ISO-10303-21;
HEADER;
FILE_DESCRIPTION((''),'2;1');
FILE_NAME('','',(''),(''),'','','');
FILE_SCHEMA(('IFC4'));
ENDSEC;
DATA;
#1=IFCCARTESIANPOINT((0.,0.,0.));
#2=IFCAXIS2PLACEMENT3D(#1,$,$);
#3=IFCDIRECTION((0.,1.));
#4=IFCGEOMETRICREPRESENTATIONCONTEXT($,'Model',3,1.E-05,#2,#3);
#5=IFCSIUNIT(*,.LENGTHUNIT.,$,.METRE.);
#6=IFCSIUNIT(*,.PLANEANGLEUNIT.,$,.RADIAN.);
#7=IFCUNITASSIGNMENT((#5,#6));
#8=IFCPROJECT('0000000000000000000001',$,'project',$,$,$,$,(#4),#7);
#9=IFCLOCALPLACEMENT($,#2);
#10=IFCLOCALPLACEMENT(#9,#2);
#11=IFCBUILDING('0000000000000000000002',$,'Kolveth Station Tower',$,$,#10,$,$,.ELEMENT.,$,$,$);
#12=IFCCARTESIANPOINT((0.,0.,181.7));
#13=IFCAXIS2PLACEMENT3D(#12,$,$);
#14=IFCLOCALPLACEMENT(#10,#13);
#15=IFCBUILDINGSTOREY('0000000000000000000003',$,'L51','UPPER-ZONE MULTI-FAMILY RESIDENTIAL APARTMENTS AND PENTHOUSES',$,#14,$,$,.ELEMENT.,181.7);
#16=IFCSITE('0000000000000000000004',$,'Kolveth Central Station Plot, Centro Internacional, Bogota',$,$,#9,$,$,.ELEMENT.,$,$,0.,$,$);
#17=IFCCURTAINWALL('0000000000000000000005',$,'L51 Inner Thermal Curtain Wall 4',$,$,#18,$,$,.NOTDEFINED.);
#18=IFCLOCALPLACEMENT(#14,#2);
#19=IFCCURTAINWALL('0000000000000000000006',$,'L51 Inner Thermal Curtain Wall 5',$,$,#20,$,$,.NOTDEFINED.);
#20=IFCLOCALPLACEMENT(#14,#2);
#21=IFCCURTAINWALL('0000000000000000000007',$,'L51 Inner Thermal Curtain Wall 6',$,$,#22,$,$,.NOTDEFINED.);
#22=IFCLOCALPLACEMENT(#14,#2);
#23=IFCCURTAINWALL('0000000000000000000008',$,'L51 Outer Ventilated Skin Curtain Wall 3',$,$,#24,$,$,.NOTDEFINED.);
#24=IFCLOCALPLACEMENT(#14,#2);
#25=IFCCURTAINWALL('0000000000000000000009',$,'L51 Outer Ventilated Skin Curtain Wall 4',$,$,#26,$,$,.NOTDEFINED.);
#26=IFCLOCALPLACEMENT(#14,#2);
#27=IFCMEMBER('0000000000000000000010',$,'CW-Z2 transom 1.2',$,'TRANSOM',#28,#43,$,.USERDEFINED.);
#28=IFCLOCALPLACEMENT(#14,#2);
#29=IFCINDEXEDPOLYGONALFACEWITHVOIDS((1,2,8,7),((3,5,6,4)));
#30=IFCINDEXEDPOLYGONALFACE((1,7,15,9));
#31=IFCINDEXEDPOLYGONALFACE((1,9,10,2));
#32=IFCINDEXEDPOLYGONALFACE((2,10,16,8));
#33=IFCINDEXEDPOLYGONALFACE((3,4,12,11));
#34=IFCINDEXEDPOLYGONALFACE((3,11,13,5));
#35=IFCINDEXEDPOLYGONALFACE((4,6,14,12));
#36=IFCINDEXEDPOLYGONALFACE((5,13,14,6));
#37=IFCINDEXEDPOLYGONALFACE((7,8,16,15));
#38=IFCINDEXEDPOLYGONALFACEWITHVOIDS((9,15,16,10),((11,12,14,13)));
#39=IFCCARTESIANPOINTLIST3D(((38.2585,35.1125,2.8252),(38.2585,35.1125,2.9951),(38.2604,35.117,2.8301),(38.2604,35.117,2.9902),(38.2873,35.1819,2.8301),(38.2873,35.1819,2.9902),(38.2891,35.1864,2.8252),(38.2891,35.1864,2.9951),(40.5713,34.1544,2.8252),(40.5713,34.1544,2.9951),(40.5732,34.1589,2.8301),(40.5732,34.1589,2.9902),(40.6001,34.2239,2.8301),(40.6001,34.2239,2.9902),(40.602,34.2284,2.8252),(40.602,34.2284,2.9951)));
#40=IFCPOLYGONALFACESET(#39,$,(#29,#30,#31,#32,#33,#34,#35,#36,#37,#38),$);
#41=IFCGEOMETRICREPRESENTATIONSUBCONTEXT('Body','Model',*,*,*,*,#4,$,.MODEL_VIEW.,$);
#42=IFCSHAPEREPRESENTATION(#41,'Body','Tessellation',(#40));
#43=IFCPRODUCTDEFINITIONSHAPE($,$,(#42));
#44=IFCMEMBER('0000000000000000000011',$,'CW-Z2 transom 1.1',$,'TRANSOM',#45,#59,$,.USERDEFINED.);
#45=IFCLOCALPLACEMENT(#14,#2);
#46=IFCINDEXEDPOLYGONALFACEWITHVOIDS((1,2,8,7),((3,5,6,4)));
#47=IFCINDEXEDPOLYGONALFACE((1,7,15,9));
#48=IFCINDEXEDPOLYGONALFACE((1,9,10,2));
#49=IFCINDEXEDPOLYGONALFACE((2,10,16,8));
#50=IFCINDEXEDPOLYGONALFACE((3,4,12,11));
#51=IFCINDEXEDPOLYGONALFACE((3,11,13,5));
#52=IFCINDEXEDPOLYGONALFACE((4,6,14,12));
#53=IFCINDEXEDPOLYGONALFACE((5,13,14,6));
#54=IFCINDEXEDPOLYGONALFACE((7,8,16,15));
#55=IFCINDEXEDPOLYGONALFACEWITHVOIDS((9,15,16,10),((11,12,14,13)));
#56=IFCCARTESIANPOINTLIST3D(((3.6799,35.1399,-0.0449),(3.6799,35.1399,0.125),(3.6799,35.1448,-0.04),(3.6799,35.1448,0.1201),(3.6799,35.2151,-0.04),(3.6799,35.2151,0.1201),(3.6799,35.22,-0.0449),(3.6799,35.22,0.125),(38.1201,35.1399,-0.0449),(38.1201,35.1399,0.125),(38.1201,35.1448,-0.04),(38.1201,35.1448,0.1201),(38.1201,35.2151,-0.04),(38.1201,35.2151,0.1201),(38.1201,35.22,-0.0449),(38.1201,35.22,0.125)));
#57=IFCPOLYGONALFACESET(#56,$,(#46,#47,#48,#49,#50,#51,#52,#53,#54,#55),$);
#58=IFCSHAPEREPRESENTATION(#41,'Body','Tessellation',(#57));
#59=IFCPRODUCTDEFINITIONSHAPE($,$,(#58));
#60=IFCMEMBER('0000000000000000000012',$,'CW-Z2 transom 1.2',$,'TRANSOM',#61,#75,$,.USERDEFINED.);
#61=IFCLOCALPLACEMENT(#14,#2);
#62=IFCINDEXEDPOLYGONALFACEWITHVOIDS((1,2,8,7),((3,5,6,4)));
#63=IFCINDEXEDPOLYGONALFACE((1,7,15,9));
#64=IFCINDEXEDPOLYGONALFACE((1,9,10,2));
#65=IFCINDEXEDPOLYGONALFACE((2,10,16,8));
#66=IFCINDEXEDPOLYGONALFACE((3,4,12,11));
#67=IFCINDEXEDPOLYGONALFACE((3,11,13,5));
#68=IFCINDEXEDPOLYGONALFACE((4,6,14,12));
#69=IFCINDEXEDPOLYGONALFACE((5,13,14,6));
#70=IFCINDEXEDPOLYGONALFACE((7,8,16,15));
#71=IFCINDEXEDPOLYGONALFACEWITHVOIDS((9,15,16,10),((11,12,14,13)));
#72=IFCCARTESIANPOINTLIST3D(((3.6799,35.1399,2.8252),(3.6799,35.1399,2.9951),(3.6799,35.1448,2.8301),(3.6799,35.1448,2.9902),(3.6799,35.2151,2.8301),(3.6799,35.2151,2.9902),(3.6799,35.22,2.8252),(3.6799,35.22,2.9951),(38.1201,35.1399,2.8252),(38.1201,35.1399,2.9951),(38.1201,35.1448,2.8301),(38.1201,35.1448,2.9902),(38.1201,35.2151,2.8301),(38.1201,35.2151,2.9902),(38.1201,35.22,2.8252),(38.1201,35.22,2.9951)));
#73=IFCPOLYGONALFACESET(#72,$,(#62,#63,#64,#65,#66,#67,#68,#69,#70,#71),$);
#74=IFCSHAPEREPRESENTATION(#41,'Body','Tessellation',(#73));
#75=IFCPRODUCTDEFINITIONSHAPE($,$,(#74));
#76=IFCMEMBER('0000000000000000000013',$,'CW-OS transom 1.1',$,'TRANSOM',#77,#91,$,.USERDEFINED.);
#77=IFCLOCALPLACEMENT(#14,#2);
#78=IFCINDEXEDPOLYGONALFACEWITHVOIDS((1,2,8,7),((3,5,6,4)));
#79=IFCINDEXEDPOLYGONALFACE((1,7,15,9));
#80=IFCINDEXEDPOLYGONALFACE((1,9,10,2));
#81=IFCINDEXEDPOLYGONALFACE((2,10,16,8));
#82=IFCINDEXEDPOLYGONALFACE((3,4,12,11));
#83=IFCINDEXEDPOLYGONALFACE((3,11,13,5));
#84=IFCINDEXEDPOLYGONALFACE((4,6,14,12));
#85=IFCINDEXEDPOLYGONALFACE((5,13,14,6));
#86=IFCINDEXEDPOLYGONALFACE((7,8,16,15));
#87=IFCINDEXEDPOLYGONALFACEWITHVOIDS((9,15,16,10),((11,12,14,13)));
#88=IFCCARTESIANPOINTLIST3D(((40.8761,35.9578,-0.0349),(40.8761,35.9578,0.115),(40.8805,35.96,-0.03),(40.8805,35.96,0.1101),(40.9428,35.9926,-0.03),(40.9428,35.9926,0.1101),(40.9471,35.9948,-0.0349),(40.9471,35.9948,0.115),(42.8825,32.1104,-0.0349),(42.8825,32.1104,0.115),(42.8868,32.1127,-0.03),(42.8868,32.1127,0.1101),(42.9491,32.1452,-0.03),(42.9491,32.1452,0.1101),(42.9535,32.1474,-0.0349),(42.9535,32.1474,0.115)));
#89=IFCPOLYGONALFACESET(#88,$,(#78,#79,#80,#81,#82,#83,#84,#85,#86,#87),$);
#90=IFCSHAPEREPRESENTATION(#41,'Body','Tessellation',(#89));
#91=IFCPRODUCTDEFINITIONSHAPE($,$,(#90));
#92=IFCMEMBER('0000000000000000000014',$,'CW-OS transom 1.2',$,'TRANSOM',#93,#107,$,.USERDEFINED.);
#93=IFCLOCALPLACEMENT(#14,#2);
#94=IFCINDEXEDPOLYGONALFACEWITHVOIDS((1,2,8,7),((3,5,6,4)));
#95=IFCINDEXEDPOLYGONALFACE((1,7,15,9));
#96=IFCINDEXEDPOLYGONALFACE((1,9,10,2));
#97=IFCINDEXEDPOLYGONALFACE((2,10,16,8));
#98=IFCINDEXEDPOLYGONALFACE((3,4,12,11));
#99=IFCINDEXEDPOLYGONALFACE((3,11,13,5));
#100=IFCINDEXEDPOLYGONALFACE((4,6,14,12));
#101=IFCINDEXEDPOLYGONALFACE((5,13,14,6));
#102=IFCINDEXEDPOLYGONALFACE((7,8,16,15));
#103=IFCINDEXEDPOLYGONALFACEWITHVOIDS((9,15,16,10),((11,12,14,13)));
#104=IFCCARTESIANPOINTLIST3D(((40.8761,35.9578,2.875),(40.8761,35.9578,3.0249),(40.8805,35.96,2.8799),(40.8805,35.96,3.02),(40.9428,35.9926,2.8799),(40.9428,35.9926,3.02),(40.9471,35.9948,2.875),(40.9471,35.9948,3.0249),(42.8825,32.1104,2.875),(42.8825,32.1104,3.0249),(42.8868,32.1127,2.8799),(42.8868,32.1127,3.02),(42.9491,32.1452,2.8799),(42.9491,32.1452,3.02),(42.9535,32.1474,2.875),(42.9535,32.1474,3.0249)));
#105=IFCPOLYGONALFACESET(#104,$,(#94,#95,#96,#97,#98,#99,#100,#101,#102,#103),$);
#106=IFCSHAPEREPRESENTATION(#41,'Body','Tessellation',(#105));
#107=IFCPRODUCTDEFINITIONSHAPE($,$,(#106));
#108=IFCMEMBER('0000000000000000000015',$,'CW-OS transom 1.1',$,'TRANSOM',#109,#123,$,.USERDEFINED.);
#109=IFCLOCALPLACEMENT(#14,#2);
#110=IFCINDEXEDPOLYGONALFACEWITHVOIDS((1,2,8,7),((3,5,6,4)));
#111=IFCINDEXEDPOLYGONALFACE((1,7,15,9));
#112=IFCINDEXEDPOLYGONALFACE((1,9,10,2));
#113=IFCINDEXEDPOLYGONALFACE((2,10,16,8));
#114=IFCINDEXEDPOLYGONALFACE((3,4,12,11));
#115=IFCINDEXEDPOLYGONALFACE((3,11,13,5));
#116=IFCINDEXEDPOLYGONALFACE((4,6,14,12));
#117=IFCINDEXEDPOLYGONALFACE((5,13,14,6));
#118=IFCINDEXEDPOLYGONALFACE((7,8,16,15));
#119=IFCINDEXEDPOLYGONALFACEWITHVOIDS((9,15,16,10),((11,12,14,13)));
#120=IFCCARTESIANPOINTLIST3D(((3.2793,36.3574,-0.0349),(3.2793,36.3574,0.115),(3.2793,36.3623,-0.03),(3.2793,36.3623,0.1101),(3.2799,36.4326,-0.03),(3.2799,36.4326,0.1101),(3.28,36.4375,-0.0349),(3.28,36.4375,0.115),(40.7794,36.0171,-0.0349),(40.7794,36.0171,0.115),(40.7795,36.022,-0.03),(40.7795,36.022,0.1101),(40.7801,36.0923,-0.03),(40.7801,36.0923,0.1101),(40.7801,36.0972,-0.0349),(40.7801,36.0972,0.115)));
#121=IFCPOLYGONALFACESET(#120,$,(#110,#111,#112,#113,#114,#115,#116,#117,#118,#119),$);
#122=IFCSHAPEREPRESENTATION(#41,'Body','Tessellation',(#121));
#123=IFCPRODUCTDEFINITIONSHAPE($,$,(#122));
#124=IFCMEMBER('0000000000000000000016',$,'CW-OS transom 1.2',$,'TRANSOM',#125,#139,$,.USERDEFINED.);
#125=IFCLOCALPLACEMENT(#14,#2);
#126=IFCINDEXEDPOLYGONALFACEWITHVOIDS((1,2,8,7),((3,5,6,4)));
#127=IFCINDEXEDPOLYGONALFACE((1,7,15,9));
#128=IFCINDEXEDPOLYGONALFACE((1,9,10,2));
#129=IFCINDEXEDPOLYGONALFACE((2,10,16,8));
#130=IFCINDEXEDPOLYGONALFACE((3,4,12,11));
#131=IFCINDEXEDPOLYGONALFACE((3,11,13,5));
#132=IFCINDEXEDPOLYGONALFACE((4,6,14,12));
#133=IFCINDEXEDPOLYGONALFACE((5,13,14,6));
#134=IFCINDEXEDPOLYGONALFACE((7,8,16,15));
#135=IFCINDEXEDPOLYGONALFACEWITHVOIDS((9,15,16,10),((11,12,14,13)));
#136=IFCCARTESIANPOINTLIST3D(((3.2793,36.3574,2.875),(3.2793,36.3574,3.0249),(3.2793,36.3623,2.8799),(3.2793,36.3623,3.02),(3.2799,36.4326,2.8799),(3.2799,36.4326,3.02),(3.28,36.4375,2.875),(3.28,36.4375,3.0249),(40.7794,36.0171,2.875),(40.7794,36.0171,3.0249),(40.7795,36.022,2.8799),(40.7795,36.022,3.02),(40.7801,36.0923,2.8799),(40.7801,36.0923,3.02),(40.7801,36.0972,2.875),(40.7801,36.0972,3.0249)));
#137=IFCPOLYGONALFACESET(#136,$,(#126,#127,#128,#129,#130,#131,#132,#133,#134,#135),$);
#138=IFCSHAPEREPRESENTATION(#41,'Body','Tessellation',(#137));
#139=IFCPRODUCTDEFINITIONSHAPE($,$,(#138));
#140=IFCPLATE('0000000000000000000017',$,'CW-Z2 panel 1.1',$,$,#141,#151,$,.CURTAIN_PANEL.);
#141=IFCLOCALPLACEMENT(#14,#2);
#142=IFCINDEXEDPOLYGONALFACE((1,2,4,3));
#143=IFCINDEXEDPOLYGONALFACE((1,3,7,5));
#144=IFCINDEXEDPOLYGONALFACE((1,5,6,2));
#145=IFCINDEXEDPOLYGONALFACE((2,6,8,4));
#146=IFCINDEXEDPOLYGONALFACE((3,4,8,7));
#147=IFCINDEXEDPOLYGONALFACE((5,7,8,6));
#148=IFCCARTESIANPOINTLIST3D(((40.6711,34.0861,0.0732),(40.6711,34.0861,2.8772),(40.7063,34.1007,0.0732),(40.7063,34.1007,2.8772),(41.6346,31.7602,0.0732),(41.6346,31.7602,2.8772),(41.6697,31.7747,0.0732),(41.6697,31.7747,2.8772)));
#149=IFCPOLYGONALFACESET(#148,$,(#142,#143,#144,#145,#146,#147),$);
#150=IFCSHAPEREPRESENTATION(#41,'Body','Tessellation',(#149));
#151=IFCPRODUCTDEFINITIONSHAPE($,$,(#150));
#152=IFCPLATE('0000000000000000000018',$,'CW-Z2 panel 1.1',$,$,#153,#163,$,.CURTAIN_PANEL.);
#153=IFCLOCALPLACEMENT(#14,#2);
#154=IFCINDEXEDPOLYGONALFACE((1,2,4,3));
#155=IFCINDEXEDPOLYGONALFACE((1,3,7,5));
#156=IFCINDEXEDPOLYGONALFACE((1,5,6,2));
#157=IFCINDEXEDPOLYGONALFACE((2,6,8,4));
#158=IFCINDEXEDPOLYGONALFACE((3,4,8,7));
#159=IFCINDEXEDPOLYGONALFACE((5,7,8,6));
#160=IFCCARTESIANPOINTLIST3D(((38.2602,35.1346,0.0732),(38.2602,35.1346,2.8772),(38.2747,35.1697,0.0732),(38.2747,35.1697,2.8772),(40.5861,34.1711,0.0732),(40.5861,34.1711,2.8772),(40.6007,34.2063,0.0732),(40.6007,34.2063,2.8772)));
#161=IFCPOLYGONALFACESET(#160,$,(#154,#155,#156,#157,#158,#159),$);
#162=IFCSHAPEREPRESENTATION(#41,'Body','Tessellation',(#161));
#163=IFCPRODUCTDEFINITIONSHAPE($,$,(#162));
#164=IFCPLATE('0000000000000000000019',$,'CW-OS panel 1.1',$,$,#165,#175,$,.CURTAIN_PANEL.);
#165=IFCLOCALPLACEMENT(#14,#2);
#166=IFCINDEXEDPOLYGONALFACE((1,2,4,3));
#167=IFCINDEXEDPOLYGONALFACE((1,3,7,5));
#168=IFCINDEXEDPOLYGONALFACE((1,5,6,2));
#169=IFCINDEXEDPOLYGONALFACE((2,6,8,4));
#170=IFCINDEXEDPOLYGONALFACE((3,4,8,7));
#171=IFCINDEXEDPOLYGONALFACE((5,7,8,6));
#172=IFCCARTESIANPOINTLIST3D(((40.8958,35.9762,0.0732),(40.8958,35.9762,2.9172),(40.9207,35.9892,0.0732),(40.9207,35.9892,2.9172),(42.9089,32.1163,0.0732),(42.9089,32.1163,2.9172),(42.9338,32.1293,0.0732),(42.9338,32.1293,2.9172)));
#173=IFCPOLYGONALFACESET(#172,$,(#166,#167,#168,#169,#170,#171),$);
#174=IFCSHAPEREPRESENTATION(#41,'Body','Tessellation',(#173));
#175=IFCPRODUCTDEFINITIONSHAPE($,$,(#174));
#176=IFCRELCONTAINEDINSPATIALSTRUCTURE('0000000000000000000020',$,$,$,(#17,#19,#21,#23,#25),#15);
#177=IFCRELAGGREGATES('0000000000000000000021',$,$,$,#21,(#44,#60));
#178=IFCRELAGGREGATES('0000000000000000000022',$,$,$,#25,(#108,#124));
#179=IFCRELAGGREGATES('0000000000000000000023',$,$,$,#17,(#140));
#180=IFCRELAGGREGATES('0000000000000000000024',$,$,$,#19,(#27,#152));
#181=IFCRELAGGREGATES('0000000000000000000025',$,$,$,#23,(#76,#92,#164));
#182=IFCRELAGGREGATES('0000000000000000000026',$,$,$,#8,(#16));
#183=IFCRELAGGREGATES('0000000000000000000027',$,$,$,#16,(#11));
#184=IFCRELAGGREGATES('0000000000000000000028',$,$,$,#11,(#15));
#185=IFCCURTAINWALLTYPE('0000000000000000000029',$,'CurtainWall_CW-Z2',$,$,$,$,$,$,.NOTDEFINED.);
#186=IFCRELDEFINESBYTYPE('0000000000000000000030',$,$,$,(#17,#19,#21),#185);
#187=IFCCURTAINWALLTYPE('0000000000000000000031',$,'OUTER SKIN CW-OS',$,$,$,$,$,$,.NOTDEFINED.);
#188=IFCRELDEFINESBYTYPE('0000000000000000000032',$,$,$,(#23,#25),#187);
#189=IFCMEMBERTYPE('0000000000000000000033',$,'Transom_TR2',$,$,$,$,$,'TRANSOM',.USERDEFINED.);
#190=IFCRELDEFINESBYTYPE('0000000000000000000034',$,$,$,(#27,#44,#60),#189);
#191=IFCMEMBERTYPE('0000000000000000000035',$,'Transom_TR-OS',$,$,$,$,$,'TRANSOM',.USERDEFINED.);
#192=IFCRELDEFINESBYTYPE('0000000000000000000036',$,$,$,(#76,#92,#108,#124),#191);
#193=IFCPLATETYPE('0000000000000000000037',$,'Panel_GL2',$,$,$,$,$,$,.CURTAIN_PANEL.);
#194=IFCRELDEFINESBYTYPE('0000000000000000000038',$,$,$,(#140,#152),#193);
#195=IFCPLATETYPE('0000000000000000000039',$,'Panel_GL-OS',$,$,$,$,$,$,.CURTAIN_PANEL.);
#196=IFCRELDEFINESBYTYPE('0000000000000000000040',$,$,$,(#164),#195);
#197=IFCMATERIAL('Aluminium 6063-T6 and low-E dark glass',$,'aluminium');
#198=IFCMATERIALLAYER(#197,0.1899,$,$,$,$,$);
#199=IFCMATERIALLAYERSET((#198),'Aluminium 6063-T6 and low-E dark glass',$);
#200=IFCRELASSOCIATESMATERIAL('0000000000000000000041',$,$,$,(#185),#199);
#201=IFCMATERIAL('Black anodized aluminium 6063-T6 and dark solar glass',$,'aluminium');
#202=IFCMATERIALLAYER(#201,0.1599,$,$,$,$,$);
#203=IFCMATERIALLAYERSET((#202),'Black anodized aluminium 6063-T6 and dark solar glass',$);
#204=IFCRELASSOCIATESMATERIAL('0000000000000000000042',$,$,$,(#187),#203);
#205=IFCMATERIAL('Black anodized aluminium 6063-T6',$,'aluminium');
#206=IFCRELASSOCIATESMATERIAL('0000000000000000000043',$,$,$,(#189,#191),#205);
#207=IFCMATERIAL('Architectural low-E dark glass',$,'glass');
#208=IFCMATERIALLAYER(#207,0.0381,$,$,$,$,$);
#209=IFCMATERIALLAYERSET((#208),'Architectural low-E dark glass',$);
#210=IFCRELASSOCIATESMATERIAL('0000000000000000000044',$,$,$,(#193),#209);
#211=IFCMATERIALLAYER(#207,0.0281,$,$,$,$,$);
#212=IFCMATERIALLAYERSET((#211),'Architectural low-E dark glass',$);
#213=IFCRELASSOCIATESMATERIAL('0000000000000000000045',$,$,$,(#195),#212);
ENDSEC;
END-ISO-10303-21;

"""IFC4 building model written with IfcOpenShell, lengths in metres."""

from ifc_helpers import new_model, si_unit, direction, frame, origin, origin_2d, place, context, subcontext, project, spatial, rectangle, hollow_rectangle, extrude, source, transform, mapped, material, layer, layer_set, material_profile, profile_set, type_object, element, aggregate, save


model = new_model("IFC4")

# Units and contexts
model_context = context("Model", 3, precision=1e-05, world=origin(), true_north=direction((0.0, 1.0)))
body_context = subcontext(model_context, "Body", "Model", "MODEL_VIEW")
ifc_project = project(units=[si_unit("LENGTHUNIT", "METRE"), si_unit("PLANEANGLEUNIT", "RADIAN")], contexts=[model_context])

# Site, building, storey
site_placement = place(None, origin())
site = spatial("IfcSite", under=ifc_project, at=site_placement, Name="Kolveth Central Station Plot, Centro Internacional, Bogota", CompositionType="ELEMENT", RefElevation=0.0)
building_placement = place(site_placement, origin())
building = spatial("IfcBuilding", under=site, at=building_placement, Name="Kolveth Station Tower", CompositionType="ELEMENT")
storey_placement = place(building_placement, frame((0.0, 0.0, 181.7)))
storey = spatial("IfcBuildingStorey", under=building, at=storey_placement, Name="L51", Description="UPPER-ZONE MULTI-FAMILY RESIDENTIAL APARTMENTS AND PENTHOUSES", CompositionType="ELEMENT", Elevation=181.7)

# Curtain wall
ifc_material_1 = material(Name="Aluminium 6063-T6 and low-E dark glass", Category="aluminium")
ifc_layer_1 = layer(ifc_material_1, 0.1899)
ifc_layer_set_1 = layer_set([ifc_layer_1], Name="Aluminium 6063-T6 and low-E dark glass")
curtain_wall_type_1 = type_object("IfcCurtainWallType", Name="CurtainWall_CW-Z2", PredefinedType="NOTDEFINED", material=ifc_layer_set_1)
curtain_wall_1_placement = place(storey_placement, origin())
curtain_wall_1 = element("IfcCurtainWall", 1, at=curtain_wall_1_placement, inside=storey, type_object=curtain_wall_type_1, Name="L51 Inner Thermal Curtain Wall 4", PredefinedType="NOTDEFINED")
ifc_material_2 = material(Name="Black anodized aluminium 6063-T6", Category="aluminium")

# Curtain wall
curtain_wall_2_placement = place(storey_placement, origin())
curtain_wall_2 = element("IfcCurtainWall", 2, at=curtain_wall_2_placement, inside=storey, type_object=curtain_wall_type_1, Name="L51 Inner Thermal Curtain Wall 5", PredefinedType="NOTDEFINED")

# Curtain wall
curtain_wall_3_placement = place(storey_placement, origin())
curtain_wall_3 = element("IfcCurtainWall", 3, at=curtain_wall_3_placement, inside=storey, type_object=curtain_wall_type_1, Name="L51 Inner Thermal Curtain Wall 6", PredefinedType="NOTDEFINED")
ifc_material_3 = material(Name="Black anodized aluminium 6063-T6 and dark solar glass", Category="aluminium")
ifc_layer_2 = layer(ifc_material_3, 0.1599)
ifc_layer_set_2 = layer_set([ifc_layer_2], Name="Black anodized aluminium 6063-T6 and dark solar glass")
curtain_wall_type_2 = type_object("IfcCurtainWallType", Name="OUTER SKIN CW-OS", PredefinedType="NOTDEFINED", material=ifc_layer_set_2)

# Curtain wall
curtain_wall_4_placement = place(storey_placement, origin())
curtain_wall_4 = element("IfcCurtainWall", 4, at=curtain_wall_4_placement, inside=storey, type_object=curtain_wall_type_2, Name="L51 Outer Ventilated Skin Curtain Wall 3", PredefinedType="NOTDEFINED")

# Curtain wall
curtain_wall_5_placement = place(storey_placement, origin())
curtain_wall_5 = element("IfcCurtainWall", 5, at=curtain_wall_5_placement, inside=storey, type_object=curtain_wall_type_2, Name="L51 Outer Ventilated Skin Curtain Wall 4", PredefinedType="NOTDEFINED")

# Members
ifc_material_profile_1 = material_profile(ifc_material_2, hollow_rectangle(XDim=0.0801, YDim=0.1699, WallThickness=0.0049, at=origin_2d()), Name="ALU-80x170x5")
ifc_profile_set_1 = profile_set([ifc_material_profile_1], Name="Black anodized aluminium 6063-T6")
member_type_1 = type_object("IfcMemberType", Name="Transom_TR2", ElementType="TRANSOM", PredefinedType="USERDEFINED", material=ifc_profile_set_1)
shared_shape_1 = source(origin(), body_context, "Body", "SweptSolid", [
    extrude(hollow_rectangle(XDim=0.0801, YDim=0.1699, WallThickness=0.0049, at=origin_2d()), origin(), (0.0, 0.0, 1.0), 2.5034),
])
member_1_placement = place(storey_placement, frame((40.5867, 34.1914, 2.9102), z_axis=(-0.923874, 0.382696, 0.0), x_axis=(-0.382696, -0.923874, 0.0)))
member_1 = element("IfcMember", 6, at=member_1_placement, type_object=member_type_1, Name="CW-Z2 transom 1.2", ObjectType="TRANSOM", PredefinedType="USERDEFINED", context=body_context, shape_type="MappedRepresentation", body=[
    mapped(shared_shape_1, transform((0.0, 0.0, 0.0), x_axis=(1.0, 0.0, 0.0), y_axis=(0.0, 1.0, 0.0), z_axis=(0.0, 0.0, 1.0), scale=1.0)),
])
shared_shape_2 = source(origin(), body_context, "Body", "SweptSolid", [
    extrude(hollow_rectangle(XDim=0.0801, YDim=0.1699, WallThickness=0.0049, at=origin_2d()), origin(), (0.0, 0.0, 1.0), 34.4402),
])
member_2_placement = place(storey_placement, frame((38.1201, 35.1799, 0.04), z_axis=(-1.0, 0.0, 0.0), x_axis=(0.0, -1.0, 0.0)))
member_2 = element("IfcMember", 7, at=member_2_placement, type_object=member_type_1, Name="CW-Z2 transom 1.1", ObjectType="TRANSOM", PredefinedType="USERDEFINED", context=body_context, shape_type="MappedRepresentation", body=[
    mapped(shared_shape_2, transform((0.0, 0.0, 0.0), x_axis=(1.0, 0.0, 0.0), y_axis=(0.0, 1.0, 0.0), z_axis=(0.0, 0.0, 1.0), scale=1.0)),
])
member_3_placement = place(storey_placement, frame((38.1201, 35.1799, 2.9102), z_axis=(-1.0, 0.0, 0.0), x_axis=(0.0, -1.0, 0.0)))
member_3 = element("IfcMember", 8, at=member_3_placement, type_object=member_type_1, Name="CW-Z2 transom 1.2", ObjectType="TRANSOM", PredefinedType="USERDEFINED", context=body_context, shape_type="MappedRepresentation", body=[
    mapped(shared_shape_2, transform((0.0, 0.0, 0.0), x_axis=(1.0, 0.0, 0.0), y_axis=(0.0, 1.0, 0.0), z_axis=(0.0, 0.0, 1.0), scale=1.0)),
])
aggregate(curtain_wall_3, [member_2, member_3])
ifc_material_profile_2 = material_profile(ifc_material_2, hollow_rectangle(XDim=0.0801, YDim=0.1499, WallThickness=0.0049, at=origin_2d()), Name="ALU-80x150x5")
ifc_profile_set_2 = profile_set([ifc_material_profile_2], Name="Black anodized aluminium 6063-T6")
member_type_2 = type_object("IfcMemberType", Name="Transom_TR-OS", ElementType="TRANSOM", PredefinedType="USERDEFINED", material=ifc_profile_set_2)
shared_shape_3 = source(origin(), body_context, "Body", "SweptSolid", [
    extrude(hollow_rectangle(XDim=0.0801, YDim=0.1499, WallThickness=0.0049, at=origin_2d()), origin(), (0.0, 0.0, 1.0), 4.3391),
])
member_4_placement = place(storey_placement, frame((42.918, 32.1289, 0.04), z_axis=(-0.462385, 0.886679, 0.0), x_axis=(-0.886679, -0.462385, 0.0)))
member_4 = element("IfcMember", 9, at=member_4_placement, type_object=member_type_2, Name="CW-OS transom 1.1", ObjectType="TRANSOM", PredefinedType="USERDEFINED", context=body_context, shape_type="MappedRepresentation", body=[
    mapped(shared_shape_3, transform((0.0, 0.0, 0.0), x_axis=(1.0, 0.0, 0.0), y_axis=(0.0, 1.0, 0.0), z_axis=(0.0, 0.0, 1.0), scale=1.0)),
])
member_5_placement = place(storey_placement, frame((42.918, 32.1289, 2.95), z_axis=(-0.462385, 0.886679, 0.0), x_axis=(-0.886679, -0.462385, 0.0)))
member_5 = element("IfcMember", 10, at=member_5_placement, type_object=member_type_2, Name="CW-OS transom 1.2", ObjectType="TRANSOM", PredefinedType="USERDEFINED", context=body_context, shape_type="MappedRepresentation", body=[
    mapped(shared_shape_3, transform((0.0, 0.0, 0.0), x_axis=(1.0, 0.0, 0.0), y_axis=(0.0, 1.0, 0.0), z_axis=(0.0, 0.0, 1.0), scale=1.0)),
])
shared_shape_4 = source(origin(), body_context, "Body", "SweptSolid", [
    extrude(hollow_rectangle(XDim=0.0801, YDim=0.1499, WallThickness=0.0049, at=origin_2d()), origin(), (0.0, 0.0, 1.0), 37.5017),
])
member_6_placement = place(storey_placement, frame((40.7798, 36.0571, 0.04), z_axis=(-0.999959, 0.009075, 0.0), x_axis=(-0.009075, -0.999959, 0.0)))
member_6 = element("IfcMember", 11, at=member_6_placement, type_object=member_type_2, Name="CW-OS transom 1.1", ObjectType="TRANSOM", PredefinedType="USERDEFINED", context=body_context, shape_type="MappedRepresentation", body=[
    mapped(shared_shape_4, transform((0.0, 0.0, 0.0), x_axis=(1.0, 0.0, 0.0), y_axis=(0.0, 1.0, 0.0), z_axis=(0.0, 0.0, 1.0), scale=1.0)),
])
member_7_placement = place(storey_placement, frame((40.7798, 36.0571, 2.95), z_axis=(-0.999959, 0.009075, 0.0), x_axis=(-0.009075, -0.999959, 0.0)))
member_7 = element("IfcMember", 12, at=member_7_placement, type_object=member_type_2, Name="CW-OS transom 1.2", ObjectType="TRANSOM", PredefinedType="USERDEFINED", context=body_context, shape_type="MappedRepresentation", body=[
    mapped(shared_shape_4, transform((0.0, 0.0, 0.0), x_axis=(1.0, 0.0, 0.0), y_axis=(0.0, 1.0, 0.0), z_axis=(0.0, 0.0, 1.0), scale=1.0)),
])
aggregate(curtain_wall_5, [member_6, member_7])

# Plates
ifc_material_4 = material(Name="Architectural low-E dark glass", Category="glass")
ifc_layer_3 = layer(ifc_material_4, 0.0381)
ifc_layer_set_3 = layer_set([ifc_layer_3], Name="Architectural low-E dark glass")
plate_type_1 = type_object("IfcPlateType", Name="Panel_GL2", PredefinedType="CURTAIN_PANEL", material=ifc_layer_set_3)
shared_shape_5 = source(origin(), body_context, "Body", "SweptSolid", [
    extrude(rectangle(XDim=2.5176, YDim=0.0381, at=origin_2d()), origin(), (0.0, 0.0, 1.0), 2.804),
])
plate_1_placement = place(storey_placement, frame((41.1704, 32.9304, 0.0732), z_axis=(0.0, 0.0, 1.0), x_axis=(-0.382698, 0.923874, 0.0)))
plate_1 = element("IfcPlate", 13, at=plate_1_placement, type_object=plate_type_1, Name="CW-Z2 panel 1.1", PredefinedType="CURTAIN_PANEL", context=body_context, shape_type="MappedRepresentation", body=[
    mapped(shared_shape_5, transform((0.0, 0.0, 0.0), x_axis=(1.0, 0.0, 0.0), y_axis=(0.0, 1.0, 0.0), z_axis=(0.0, 0.0, 1.0), scale=1.0)),
])
aggregate(curtain_wall_1, [plate_1])
plate_2_placement = place(storey_placement, frame((39.4304, 34.6704, 0.0732), z_axis=(0.0, 0.0, 1.0), x_axis=(-0.923874, 0.382698, 0.0)))
plate_2 = element("IfcPlate", 14, at=plate_2_placement, type_object=plate_type_1, Name="CW-Z2 panel 1.1", PredefinedType="CURTAIN_PANEL", context=body_context, shape_type="MappedRepresentation", body=[
    mapped(shared_shape_5, transform((0.0, 0.0, 0.0), x_axis=(1.0, 0.0, 0.0), y_axis=(0.0, 1.0, 0.0), z_axis=(0.0, 0.0, 1.0), scale=1.0)),
])
aggregate(curtain_wall_2, [member_1, plate_2])
ifc_layer_4 = layer(ifc_material_4, 0.0281)
ifc_layer_set_4 = layer_set([ifc_layer_4], Name="Architectural low-E dark glass")
plate_type_2 = type_object("IfcPlateType", Name="Panel_GL-OS", PredefinedType="CURTAIN_PANEL", material=ifc_layer_set_4)
shared_shape_6 = source(origin(), body_context, "Body", "SweptSolid", [
    extrude(rectangle(XDim=4.3533, YDim=0.0281, at=origin_2d()), origin(), (0.0, 0.0, 1.0), 2.844),
])
plate_3_placement = place(storey_placement, frame((41.9148, 34.0527, 0.0732), z_axis=(0.0, 0.0, 1.0), x_axis=(-0.462416, 0.886663, 0.0)))
plate_3 = element("IfcPlate", 15, at=plate_3_placement, type_object=plate_type_2, Name="CW-OS panel 1.1", PredefinedType="CURTAIN_PANEL", context=body_context, shape_type="MappedRepresentation", body=[
    mapped(shared_shape_6, transform((0.0, 0.0, 0.0), x_axis=(1.0, 0.0, 0.0), y_axis=(0.0, 1.0, 0.0), z_axis=(0.0, 0.0, 1.0), scale=1.0)),
])
aggregate(curtain_wall_4, [member_4, member_5, plate_3])

save(model, "model.ifc")
